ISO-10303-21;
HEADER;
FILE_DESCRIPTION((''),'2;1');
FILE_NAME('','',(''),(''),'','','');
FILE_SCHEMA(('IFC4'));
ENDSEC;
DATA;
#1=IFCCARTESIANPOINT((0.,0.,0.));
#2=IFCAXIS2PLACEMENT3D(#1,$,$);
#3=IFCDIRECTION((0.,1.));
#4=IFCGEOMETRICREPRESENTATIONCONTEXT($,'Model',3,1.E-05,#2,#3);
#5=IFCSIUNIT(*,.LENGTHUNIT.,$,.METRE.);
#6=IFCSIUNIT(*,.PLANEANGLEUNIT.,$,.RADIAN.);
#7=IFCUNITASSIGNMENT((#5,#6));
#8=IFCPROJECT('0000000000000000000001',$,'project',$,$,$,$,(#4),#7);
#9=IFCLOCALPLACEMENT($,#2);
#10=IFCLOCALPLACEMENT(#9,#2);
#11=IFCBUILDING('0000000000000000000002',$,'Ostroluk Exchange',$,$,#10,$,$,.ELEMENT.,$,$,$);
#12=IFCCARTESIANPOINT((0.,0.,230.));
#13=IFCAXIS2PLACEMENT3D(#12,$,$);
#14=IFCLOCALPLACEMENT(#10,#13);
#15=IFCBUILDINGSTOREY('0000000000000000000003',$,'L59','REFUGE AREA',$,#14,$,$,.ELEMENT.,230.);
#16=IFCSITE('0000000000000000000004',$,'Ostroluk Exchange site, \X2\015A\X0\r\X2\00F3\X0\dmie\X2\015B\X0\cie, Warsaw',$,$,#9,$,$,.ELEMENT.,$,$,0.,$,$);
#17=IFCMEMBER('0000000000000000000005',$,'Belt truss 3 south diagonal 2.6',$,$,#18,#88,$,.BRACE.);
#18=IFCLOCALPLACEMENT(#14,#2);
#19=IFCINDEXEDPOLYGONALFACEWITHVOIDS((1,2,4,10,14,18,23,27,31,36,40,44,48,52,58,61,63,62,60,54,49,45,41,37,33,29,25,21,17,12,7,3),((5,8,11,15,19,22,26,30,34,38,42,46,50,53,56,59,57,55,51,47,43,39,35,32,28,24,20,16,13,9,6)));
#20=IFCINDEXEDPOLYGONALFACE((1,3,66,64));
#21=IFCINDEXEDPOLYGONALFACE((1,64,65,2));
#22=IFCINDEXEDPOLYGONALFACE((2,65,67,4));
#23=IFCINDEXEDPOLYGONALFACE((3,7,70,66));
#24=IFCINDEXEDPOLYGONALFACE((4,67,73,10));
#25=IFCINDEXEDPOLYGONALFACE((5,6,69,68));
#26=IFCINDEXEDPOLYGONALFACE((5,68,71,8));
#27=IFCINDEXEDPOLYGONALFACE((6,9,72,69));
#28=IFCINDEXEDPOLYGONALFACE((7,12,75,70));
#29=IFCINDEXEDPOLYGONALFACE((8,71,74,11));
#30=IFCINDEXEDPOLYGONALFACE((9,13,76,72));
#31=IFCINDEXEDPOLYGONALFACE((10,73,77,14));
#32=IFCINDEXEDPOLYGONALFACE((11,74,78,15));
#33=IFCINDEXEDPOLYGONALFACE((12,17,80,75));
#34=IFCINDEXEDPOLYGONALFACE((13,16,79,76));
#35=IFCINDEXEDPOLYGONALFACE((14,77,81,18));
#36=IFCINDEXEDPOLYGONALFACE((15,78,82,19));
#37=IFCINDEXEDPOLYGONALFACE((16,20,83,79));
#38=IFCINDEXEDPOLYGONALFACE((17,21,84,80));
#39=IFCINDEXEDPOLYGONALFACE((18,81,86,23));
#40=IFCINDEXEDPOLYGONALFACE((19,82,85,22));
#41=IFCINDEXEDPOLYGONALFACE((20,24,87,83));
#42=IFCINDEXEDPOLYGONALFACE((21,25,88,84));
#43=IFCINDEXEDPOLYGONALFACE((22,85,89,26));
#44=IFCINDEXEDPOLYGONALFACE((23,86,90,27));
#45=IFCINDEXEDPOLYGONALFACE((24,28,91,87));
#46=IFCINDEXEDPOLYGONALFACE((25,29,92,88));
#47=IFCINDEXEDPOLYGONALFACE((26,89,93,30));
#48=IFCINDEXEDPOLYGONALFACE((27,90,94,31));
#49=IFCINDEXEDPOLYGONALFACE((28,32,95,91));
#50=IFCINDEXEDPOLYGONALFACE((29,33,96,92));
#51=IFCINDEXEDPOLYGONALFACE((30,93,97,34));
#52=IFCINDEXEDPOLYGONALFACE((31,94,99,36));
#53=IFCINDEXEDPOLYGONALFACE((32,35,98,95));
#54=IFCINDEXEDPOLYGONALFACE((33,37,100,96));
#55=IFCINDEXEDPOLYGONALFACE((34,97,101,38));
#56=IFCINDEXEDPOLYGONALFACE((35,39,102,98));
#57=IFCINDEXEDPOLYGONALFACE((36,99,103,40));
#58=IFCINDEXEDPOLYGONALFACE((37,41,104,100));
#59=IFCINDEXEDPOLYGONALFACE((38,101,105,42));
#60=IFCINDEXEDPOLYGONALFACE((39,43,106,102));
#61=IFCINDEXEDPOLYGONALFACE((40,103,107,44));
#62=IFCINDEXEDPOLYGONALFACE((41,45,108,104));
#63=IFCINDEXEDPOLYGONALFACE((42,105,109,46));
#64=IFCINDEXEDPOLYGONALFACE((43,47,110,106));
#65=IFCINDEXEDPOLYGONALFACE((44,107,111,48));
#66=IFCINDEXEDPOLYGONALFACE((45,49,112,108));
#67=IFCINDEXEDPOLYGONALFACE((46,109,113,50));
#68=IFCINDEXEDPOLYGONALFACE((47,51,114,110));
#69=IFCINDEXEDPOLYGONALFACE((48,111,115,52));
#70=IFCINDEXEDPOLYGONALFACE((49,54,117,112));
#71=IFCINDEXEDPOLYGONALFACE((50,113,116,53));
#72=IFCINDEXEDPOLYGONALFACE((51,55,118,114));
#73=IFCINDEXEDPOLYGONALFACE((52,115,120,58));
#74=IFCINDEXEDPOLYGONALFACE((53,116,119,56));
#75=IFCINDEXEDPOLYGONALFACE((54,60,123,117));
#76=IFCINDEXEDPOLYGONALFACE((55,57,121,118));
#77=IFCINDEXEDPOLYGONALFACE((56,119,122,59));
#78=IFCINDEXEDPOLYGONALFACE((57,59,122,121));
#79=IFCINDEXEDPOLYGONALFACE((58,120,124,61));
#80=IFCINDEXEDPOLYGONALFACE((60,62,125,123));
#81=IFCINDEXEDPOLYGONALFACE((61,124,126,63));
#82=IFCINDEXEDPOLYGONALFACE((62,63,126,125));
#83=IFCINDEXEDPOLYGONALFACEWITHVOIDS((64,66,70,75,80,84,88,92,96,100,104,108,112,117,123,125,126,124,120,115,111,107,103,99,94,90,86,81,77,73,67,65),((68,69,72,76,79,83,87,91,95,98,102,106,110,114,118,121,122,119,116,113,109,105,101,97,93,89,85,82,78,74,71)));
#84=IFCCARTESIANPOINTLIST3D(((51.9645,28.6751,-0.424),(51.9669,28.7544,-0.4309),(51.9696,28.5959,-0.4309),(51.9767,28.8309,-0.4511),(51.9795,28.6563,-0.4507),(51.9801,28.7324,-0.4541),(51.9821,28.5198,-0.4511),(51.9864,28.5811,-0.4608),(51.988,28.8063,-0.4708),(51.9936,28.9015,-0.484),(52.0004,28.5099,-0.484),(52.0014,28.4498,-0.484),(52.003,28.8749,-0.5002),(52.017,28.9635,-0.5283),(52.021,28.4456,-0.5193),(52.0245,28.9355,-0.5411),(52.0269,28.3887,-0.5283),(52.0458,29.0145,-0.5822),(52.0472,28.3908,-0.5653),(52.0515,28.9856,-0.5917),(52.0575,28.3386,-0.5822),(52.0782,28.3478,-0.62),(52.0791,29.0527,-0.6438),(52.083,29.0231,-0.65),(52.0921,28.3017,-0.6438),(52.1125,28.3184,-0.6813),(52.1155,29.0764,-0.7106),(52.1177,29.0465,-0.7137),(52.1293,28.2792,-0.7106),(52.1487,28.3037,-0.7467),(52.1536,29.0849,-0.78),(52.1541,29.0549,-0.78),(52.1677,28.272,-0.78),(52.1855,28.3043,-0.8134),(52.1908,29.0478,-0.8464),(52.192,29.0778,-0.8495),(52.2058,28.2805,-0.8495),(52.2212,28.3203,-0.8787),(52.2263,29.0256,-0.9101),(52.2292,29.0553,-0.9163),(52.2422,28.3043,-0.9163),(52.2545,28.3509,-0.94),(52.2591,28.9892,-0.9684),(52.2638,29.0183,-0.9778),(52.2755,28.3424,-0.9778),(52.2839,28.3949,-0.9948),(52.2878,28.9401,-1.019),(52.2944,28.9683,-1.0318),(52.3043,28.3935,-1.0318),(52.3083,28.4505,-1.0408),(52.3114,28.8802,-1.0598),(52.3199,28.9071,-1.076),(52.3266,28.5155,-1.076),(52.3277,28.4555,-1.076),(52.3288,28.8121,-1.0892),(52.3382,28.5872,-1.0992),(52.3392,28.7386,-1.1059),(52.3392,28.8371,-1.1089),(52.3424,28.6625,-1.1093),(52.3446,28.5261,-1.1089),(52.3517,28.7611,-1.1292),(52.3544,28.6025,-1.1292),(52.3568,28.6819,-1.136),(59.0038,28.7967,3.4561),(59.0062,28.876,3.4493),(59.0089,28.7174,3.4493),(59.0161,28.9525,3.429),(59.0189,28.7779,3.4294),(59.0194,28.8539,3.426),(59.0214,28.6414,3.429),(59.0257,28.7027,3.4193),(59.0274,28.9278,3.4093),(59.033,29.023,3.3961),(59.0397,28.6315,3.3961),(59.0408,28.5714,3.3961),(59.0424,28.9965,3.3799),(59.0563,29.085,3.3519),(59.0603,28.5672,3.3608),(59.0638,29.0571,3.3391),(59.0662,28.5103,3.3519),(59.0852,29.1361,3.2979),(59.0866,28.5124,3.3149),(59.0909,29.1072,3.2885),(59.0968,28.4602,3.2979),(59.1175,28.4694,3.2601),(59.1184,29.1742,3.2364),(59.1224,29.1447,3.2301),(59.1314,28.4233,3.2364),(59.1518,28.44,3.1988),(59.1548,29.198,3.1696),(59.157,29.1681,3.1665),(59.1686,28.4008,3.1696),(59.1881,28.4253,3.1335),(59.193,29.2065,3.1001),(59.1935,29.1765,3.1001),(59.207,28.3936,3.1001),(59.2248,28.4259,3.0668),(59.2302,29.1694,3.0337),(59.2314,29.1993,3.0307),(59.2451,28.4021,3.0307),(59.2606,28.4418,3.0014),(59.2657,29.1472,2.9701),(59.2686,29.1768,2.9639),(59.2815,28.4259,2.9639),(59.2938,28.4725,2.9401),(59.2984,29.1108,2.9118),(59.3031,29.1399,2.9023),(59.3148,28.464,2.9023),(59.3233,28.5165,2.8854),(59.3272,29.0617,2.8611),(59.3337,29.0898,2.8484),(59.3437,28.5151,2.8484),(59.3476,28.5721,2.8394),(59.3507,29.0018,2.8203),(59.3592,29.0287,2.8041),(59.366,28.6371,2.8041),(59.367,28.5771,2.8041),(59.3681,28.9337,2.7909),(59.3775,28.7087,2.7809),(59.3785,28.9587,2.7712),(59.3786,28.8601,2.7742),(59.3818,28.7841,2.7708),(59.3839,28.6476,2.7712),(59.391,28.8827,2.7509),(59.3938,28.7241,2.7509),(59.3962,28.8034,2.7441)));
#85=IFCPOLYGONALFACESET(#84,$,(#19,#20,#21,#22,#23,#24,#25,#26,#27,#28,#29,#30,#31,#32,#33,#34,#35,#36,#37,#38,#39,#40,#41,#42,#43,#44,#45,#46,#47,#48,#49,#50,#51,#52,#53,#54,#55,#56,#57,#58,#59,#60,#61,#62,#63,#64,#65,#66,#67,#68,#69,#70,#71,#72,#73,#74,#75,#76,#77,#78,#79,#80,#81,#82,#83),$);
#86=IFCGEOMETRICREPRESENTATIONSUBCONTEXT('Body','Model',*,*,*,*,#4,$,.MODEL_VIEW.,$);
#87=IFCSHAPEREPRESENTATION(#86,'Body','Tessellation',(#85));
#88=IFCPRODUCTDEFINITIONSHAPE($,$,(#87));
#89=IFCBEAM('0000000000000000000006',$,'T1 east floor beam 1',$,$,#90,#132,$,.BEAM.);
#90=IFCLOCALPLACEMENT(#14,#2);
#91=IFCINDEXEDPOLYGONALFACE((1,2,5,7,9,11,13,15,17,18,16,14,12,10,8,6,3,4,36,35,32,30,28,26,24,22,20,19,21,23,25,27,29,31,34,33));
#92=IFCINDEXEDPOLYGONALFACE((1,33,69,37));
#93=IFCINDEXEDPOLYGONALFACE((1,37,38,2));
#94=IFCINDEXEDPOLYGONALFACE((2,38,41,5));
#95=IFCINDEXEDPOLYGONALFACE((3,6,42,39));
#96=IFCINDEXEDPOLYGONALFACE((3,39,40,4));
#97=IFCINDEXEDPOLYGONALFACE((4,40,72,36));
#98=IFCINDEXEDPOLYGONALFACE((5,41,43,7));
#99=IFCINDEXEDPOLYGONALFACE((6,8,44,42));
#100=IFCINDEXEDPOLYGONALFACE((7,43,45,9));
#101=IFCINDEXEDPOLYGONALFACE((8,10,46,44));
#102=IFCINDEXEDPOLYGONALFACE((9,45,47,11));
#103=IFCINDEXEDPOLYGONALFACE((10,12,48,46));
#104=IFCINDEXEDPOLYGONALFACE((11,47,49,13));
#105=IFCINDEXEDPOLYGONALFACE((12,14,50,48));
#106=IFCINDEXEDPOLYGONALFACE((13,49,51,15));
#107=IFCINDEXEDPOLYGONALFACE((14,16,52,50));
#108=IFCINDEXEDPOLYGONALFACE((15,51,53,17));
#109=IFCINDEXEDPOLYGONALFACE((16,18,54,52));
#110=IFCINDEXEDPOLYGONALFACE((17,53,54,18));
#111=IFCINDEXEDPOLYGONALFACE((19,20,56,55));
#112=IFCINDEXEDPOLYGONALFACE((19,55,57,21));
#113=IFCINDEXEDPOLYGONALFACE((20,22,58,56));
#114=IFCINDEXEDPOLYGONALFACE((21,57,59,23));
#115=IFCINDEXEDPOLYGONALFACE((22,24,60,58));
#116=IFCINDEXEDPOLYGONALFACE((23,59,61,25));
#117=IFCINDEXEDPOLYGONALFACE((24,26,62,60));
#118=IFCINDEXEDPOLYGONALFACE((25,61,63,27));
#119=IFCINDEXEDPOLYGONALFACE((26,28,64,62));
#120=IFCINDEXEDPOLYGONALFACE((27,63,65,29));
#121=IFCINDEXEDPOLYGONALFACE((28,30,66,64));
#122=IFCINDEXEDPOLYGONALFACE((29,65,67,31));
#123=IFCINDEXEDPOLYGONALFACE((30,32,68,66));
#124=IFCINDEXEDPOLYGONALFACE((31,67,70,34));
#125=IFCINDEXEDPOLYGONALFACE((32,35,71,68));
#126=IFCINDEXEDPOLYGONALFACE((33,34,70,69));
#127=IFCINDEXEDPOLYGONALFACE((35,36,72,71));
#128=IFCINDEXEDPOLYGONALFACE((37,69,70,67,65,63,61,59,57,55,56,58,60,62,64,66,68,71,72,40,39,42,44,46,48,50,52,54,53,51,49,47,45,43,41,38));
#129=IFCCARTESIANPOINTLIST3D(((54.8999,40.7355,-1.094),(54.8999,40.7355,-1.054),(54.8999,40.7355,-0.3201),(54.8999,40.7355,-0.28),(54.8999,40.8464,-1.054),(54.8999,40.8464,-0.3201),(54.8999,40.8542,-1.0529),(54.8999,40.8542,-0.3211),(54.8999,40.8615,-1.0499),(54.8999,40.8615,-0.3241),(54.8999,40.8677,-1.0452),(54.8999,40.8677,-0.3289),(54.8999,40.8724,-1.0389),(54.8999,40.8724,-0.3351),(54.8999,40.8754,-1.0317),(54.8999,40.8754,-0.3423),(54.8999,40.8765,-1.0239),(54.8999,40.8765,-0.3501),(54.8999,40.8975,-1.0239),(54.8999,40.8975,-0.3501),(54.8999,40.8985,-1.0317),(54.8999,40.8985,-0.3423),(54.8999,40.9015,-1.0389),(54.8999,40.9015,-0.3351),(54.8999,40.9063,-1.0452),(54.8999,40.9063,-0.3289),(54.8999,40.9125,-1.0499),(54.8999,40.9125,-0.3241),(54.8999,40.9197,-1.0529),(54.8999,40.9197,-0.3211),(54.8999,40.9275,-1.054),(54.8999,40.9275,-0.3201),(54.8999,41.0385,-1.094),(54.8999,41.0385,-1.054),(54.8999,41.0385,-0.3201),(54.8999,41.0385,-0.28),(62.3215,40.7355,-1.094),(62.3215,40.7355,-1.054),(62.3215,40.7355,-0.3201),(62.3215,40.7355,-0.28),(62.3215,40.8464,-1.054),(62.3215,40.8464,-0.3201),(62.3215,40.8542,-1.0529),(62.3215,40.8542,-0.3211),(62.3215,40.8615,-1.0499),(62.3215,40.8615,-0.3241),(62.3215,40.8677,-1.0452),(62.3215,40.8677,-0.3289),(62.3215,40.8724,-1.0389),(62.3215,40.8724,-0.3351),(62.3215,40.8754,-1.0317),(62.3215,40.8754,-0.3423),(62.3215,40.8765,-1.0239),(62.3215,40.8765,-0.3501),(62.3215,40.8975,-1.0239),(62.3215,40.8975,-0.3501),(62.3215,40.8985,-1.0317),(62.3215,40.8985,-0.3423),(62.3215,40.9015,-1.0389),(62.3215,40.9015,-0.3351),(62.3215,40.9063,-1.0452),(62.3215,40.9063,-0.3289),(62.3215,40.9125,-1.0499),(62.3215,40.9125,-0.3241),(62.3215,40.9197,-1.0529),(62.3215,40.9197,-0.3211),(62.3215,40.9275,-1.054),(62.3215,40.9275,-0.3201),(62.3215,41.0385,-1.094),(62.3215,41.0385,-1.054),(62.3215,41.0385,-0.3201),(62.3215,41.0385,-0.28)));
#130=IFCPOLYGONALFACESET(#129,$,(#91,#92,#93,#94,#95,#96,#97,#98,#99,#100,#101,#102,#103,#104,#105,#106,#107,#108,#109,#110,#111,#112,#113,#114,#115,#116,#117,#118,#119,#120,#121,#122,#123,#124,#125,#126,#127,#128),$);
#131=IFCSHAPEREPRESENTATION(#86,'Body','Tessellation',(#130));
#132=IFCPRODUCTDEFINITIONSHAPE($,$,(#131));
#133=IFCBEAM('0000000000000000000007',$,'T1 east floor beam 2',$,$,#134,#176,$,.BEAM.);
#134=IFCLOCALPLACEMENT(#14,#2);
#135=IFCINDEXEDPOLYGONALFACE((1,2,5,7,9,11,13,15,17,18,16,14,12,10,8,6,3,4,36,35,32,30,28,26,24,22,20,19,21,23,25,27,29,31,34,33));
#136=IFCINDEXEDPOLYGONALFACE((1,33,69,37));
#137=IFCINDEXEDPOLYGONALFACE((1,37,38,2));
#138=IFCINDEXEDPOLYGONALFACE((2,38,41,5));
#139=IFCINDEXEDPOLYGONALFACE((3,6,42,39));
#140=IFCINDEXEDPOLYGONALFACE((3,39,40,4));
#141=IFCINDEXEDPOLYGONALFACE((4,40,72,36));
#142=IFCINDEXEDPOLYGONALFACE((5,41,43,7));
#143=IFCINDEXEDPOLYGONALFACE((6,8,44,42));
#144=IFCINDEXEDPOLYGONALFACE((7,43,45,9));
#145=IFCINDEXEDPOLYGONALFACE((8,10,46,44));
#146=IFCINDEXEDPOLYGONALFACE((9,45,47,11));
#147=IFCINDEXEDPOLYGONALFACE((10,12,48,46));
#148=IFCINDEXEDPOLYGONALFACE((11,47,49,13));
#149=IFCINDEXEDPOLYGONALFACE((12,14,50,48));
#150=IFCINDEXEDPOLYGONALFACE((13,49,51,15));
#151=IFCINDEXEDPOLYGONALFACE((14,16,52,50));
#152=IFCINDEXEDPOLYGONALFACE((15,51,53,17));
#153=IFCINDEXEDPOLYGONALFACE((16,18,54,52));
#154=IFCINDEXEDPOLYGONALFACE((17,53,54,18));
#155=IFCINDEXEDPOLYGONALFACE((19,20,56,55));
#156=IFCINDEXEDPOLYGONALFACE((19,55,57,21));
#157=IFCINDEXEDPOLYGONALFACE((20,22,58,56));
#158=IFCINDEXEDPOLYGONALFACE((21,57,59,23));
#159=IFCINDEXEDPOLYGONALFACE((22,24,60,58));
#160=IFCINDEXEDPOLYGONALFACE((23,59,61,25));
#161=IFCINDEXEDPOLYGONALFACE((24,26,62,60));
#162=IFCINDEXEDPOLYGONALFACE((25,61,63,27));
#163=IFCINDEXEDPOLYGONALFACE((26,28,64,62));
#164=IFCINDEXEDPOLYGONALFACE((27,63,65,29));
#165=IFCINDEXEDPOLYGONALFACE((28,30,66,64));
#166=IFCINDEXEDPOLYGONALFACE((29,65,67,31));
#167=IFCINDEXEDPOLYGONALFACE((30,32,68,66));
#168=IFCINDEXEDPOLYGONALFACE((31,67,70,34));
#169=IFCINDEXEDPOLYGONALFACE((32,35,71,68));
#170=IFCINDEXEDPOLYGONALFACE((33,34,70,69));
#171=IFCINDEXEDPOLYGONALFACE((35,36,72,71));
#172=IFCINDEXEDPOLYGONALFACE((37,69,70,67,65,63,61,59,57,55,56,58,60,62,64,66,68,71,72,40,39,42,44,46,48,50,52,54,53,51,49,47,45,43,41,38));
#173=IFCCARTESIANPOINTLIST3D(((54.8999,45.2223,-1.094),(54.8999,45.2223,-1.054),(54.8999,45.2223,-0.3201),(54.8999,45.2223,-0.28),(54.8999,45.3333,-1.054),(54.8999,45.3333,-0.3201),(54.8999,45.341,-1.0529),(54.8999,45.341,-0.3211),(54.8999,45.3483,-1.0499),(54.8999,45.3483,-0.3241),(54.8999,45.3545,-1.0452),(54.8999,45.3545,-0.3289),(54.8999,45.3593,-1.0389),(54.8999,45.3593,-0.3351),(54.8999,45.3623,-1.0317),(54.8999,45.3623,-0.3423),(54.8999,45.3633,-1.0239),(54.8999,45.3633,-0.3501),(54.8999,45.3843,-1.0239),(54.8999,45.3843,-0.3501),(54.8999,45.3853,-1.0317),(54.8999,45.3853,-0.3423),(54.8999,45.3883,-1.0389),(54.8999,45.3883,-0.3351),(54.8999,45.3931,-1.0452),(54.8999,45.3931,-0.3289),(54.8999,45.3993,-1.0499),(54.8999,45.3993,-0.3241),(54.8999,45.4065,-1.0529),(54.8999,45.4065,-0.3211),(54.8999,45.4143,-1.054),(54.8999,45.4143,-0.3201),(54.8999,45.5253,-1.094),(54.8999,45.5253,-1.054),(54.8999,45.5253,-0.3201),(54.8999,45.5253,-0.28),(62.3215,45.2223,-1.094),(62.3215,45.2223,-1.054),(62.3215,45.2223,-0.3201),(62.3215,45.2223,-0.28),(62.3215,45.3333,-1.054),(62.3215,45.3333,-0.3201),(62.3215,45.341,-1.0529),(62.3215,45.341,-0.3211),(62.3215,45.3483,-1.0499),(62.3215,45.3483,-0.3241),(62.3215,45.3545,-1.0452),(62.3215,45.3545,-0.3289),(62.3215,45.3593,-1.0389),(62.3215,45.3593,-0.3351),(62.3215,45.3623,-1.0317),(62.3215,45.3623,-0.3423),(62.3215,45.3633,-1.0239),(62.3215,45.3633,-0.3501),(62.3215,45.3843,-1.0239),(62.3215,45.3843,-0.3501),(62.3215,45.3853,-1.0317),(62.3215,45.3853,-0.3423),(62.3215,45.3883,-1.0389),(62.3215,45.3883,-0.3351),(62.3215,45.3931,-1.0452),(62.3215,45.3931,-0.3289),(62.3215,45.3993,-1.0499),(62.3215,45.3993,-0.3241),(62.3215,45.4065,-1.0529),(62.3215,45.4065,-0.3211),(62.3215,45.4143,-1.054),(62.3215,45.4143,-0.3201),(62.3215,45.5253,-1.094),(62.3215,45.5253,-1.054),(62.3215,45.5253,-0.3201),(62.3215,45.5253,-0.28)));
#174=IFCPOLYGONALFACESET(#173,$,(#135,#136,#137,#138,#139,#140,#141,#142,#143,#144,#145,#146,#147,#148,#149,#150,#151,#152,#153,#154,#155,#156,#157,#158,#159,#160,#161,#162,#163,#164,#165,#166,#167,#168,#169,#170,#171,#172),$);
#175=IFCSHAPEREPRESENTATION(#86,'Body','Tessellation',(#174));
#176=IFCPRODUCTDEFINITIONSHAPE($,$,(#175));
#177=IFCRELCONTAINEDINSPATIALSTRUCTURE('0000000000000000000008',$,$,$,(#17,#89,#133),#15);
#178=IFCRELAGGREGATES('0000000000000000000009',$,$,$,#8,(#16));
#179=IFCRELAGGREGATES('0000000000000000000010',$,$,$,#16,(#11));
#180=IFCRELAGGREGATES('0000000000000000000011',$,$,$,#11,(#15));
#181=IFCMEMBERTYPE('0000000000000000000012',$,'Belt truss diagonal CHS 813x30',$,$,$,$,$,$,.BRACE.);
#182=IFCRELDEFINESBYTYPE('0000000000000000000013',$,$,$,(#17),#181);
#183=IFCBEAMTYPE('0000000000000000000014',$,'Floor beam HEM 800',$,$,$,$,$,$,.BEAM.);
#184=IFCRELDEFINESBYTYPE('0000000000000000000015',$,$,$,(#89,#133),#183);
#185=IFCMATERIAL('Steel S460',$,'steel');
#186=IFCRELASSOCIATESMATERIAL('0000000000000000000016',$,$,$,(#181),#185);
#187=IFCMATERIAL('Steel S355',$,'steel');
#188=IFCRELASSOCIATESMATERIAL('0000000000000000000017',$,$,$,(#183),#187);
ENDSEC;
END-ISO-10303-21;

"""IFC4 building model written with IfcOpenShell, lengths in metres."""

from ifc_helpers import new_model, si_unit, direction, frame, origin, origin_2d, place, context, subcontext, project, spatial, hollow_circle, i_section, extrude, material, material_profile, profile_set, type_object, element, save


model = new_model("IFC4")

# Units and contexts
model_context = context("Model", 3, precision=1e-05, world=origin(), true_north=direction((0.0, 1.0)))
body_context = subcontext(model_context, "Body", "Model", "MODEL_VIEW")
ifc_project = project(units=[si_unit("LENGTHUNIT", "METRE"), si_unit("PLANEANGLEUNIT", "RADIAN")], contexts=[model_context])

# Site, building, storey
site_placement = place(None, origin())
site = spatial("IfcSite", under=ifc_project, at=site_placement, Name="Ostroluk Exchange site, Śródmieście, Warsaw", CompositionType="ELEMENT", RefElevation=0.0)
building_placement = place(site_placement, origin())
building = spatial("IfcBuilding", under=site, at=building_placement, Name="Ostroluk Exchange", CompositionType="ELEMENT")
storey_placement = place(building_placement, frame((0.0, 0.0, 230.0)))
storey = spatial("IfcBuildingStorey", under=building, at=storey_placement, Name="L59", Description="REFUGE AREA", CompositionType="ELEMENT", Elevation=230.0)

# Member
ifc_material_1 = material(Name="Steel S460", Category="steel")
ifc_material_profile_1 = material_profile(ifc_material_1, hollow_circle(Radius=0.4065, WallThickness=0.03, at=origin_2d()), Name="CHS 813x30")
ifc_profile_set_1 = profile_set([ifc_material_profile_1], Name="Steel S460")
member_type_1 = type_object("IfcMemberType", Name="Belt truss diagonal CHS 813x30", PredefinedType="BRACE", material=ifc_profile_set_1)
member_1_placement = place(storey_placement, frame((52.1606, 28.6785, -0.78), z_axis=(0.875668, 0.015124, 0.482676), x_axis=(-0.017269, 0.999851, 0.0)))
element("IfcMember", 1, at=member_1_placement, inside=storey, type_object=member_type_1, Name="Belt truss 3 south diagonal 2.6", PredefinedType="BRACE", context=body_context, shape_type="SweptSolid", body=[
    extrude(hollow_circle(Radius=0.4065, WallThickness=0.03, at=origin_2d()), origin(), (0.0, 0.0, 1.0), 8.0388),
])

# Beams
ifc_material_2 = material(Name="Steel S355", Category="steel")
ifc_material_profile_2 = material_profile(ifc_material_2, i_section(OverallWidth=0.303, OverallDepth=0.814, WebThickness=0.021, FlangeThickness=0.04, FilletRadius=0.03, at=origin_2d()), Name="HEM 800")
ifc_profile_set_2 = profile_set([ifc_material_profile_2], Name="Steel S355")
beam_type_1 = type_object("IfcBeamType", Name="Floor beam HEM 800", PredefinedType="BEAM", material=ifc_profile_set_2)
for number, where, z_axis, x_axis, name in (
    (2, (54.8999, 40.887, -0.687), (1.0, 0.0, 0.0), (0.0, 1.0, 0.0), "T1 east floor beam 1"),
    (3, (54.8999, 45.3738, -0.687), (1.0, 0.0, 0.0), (0.0, 1.0, 0.0), "T1 east floor beam 2"),
):
    element("IfcBeam", number, at=place(storey_placement, frame(where, z_axis=z_axis, x_axis=x_axis)), inside=storey, type_object=beam_type_1, Name=name, PredefinedType="BEAM", context=body_context, shape_type="SweptSolid", body=[
        extrude(i_section(OverallWidth=0.303, OverallDepth=0.814, WebThickness=0.021, FlangeThickness=0.04, FilletRadius=0.03, at=origin_2d()), origin(), (0.0, 0.0, 1.0), 7.4216),
    ])

save(model, "model.ifc")
